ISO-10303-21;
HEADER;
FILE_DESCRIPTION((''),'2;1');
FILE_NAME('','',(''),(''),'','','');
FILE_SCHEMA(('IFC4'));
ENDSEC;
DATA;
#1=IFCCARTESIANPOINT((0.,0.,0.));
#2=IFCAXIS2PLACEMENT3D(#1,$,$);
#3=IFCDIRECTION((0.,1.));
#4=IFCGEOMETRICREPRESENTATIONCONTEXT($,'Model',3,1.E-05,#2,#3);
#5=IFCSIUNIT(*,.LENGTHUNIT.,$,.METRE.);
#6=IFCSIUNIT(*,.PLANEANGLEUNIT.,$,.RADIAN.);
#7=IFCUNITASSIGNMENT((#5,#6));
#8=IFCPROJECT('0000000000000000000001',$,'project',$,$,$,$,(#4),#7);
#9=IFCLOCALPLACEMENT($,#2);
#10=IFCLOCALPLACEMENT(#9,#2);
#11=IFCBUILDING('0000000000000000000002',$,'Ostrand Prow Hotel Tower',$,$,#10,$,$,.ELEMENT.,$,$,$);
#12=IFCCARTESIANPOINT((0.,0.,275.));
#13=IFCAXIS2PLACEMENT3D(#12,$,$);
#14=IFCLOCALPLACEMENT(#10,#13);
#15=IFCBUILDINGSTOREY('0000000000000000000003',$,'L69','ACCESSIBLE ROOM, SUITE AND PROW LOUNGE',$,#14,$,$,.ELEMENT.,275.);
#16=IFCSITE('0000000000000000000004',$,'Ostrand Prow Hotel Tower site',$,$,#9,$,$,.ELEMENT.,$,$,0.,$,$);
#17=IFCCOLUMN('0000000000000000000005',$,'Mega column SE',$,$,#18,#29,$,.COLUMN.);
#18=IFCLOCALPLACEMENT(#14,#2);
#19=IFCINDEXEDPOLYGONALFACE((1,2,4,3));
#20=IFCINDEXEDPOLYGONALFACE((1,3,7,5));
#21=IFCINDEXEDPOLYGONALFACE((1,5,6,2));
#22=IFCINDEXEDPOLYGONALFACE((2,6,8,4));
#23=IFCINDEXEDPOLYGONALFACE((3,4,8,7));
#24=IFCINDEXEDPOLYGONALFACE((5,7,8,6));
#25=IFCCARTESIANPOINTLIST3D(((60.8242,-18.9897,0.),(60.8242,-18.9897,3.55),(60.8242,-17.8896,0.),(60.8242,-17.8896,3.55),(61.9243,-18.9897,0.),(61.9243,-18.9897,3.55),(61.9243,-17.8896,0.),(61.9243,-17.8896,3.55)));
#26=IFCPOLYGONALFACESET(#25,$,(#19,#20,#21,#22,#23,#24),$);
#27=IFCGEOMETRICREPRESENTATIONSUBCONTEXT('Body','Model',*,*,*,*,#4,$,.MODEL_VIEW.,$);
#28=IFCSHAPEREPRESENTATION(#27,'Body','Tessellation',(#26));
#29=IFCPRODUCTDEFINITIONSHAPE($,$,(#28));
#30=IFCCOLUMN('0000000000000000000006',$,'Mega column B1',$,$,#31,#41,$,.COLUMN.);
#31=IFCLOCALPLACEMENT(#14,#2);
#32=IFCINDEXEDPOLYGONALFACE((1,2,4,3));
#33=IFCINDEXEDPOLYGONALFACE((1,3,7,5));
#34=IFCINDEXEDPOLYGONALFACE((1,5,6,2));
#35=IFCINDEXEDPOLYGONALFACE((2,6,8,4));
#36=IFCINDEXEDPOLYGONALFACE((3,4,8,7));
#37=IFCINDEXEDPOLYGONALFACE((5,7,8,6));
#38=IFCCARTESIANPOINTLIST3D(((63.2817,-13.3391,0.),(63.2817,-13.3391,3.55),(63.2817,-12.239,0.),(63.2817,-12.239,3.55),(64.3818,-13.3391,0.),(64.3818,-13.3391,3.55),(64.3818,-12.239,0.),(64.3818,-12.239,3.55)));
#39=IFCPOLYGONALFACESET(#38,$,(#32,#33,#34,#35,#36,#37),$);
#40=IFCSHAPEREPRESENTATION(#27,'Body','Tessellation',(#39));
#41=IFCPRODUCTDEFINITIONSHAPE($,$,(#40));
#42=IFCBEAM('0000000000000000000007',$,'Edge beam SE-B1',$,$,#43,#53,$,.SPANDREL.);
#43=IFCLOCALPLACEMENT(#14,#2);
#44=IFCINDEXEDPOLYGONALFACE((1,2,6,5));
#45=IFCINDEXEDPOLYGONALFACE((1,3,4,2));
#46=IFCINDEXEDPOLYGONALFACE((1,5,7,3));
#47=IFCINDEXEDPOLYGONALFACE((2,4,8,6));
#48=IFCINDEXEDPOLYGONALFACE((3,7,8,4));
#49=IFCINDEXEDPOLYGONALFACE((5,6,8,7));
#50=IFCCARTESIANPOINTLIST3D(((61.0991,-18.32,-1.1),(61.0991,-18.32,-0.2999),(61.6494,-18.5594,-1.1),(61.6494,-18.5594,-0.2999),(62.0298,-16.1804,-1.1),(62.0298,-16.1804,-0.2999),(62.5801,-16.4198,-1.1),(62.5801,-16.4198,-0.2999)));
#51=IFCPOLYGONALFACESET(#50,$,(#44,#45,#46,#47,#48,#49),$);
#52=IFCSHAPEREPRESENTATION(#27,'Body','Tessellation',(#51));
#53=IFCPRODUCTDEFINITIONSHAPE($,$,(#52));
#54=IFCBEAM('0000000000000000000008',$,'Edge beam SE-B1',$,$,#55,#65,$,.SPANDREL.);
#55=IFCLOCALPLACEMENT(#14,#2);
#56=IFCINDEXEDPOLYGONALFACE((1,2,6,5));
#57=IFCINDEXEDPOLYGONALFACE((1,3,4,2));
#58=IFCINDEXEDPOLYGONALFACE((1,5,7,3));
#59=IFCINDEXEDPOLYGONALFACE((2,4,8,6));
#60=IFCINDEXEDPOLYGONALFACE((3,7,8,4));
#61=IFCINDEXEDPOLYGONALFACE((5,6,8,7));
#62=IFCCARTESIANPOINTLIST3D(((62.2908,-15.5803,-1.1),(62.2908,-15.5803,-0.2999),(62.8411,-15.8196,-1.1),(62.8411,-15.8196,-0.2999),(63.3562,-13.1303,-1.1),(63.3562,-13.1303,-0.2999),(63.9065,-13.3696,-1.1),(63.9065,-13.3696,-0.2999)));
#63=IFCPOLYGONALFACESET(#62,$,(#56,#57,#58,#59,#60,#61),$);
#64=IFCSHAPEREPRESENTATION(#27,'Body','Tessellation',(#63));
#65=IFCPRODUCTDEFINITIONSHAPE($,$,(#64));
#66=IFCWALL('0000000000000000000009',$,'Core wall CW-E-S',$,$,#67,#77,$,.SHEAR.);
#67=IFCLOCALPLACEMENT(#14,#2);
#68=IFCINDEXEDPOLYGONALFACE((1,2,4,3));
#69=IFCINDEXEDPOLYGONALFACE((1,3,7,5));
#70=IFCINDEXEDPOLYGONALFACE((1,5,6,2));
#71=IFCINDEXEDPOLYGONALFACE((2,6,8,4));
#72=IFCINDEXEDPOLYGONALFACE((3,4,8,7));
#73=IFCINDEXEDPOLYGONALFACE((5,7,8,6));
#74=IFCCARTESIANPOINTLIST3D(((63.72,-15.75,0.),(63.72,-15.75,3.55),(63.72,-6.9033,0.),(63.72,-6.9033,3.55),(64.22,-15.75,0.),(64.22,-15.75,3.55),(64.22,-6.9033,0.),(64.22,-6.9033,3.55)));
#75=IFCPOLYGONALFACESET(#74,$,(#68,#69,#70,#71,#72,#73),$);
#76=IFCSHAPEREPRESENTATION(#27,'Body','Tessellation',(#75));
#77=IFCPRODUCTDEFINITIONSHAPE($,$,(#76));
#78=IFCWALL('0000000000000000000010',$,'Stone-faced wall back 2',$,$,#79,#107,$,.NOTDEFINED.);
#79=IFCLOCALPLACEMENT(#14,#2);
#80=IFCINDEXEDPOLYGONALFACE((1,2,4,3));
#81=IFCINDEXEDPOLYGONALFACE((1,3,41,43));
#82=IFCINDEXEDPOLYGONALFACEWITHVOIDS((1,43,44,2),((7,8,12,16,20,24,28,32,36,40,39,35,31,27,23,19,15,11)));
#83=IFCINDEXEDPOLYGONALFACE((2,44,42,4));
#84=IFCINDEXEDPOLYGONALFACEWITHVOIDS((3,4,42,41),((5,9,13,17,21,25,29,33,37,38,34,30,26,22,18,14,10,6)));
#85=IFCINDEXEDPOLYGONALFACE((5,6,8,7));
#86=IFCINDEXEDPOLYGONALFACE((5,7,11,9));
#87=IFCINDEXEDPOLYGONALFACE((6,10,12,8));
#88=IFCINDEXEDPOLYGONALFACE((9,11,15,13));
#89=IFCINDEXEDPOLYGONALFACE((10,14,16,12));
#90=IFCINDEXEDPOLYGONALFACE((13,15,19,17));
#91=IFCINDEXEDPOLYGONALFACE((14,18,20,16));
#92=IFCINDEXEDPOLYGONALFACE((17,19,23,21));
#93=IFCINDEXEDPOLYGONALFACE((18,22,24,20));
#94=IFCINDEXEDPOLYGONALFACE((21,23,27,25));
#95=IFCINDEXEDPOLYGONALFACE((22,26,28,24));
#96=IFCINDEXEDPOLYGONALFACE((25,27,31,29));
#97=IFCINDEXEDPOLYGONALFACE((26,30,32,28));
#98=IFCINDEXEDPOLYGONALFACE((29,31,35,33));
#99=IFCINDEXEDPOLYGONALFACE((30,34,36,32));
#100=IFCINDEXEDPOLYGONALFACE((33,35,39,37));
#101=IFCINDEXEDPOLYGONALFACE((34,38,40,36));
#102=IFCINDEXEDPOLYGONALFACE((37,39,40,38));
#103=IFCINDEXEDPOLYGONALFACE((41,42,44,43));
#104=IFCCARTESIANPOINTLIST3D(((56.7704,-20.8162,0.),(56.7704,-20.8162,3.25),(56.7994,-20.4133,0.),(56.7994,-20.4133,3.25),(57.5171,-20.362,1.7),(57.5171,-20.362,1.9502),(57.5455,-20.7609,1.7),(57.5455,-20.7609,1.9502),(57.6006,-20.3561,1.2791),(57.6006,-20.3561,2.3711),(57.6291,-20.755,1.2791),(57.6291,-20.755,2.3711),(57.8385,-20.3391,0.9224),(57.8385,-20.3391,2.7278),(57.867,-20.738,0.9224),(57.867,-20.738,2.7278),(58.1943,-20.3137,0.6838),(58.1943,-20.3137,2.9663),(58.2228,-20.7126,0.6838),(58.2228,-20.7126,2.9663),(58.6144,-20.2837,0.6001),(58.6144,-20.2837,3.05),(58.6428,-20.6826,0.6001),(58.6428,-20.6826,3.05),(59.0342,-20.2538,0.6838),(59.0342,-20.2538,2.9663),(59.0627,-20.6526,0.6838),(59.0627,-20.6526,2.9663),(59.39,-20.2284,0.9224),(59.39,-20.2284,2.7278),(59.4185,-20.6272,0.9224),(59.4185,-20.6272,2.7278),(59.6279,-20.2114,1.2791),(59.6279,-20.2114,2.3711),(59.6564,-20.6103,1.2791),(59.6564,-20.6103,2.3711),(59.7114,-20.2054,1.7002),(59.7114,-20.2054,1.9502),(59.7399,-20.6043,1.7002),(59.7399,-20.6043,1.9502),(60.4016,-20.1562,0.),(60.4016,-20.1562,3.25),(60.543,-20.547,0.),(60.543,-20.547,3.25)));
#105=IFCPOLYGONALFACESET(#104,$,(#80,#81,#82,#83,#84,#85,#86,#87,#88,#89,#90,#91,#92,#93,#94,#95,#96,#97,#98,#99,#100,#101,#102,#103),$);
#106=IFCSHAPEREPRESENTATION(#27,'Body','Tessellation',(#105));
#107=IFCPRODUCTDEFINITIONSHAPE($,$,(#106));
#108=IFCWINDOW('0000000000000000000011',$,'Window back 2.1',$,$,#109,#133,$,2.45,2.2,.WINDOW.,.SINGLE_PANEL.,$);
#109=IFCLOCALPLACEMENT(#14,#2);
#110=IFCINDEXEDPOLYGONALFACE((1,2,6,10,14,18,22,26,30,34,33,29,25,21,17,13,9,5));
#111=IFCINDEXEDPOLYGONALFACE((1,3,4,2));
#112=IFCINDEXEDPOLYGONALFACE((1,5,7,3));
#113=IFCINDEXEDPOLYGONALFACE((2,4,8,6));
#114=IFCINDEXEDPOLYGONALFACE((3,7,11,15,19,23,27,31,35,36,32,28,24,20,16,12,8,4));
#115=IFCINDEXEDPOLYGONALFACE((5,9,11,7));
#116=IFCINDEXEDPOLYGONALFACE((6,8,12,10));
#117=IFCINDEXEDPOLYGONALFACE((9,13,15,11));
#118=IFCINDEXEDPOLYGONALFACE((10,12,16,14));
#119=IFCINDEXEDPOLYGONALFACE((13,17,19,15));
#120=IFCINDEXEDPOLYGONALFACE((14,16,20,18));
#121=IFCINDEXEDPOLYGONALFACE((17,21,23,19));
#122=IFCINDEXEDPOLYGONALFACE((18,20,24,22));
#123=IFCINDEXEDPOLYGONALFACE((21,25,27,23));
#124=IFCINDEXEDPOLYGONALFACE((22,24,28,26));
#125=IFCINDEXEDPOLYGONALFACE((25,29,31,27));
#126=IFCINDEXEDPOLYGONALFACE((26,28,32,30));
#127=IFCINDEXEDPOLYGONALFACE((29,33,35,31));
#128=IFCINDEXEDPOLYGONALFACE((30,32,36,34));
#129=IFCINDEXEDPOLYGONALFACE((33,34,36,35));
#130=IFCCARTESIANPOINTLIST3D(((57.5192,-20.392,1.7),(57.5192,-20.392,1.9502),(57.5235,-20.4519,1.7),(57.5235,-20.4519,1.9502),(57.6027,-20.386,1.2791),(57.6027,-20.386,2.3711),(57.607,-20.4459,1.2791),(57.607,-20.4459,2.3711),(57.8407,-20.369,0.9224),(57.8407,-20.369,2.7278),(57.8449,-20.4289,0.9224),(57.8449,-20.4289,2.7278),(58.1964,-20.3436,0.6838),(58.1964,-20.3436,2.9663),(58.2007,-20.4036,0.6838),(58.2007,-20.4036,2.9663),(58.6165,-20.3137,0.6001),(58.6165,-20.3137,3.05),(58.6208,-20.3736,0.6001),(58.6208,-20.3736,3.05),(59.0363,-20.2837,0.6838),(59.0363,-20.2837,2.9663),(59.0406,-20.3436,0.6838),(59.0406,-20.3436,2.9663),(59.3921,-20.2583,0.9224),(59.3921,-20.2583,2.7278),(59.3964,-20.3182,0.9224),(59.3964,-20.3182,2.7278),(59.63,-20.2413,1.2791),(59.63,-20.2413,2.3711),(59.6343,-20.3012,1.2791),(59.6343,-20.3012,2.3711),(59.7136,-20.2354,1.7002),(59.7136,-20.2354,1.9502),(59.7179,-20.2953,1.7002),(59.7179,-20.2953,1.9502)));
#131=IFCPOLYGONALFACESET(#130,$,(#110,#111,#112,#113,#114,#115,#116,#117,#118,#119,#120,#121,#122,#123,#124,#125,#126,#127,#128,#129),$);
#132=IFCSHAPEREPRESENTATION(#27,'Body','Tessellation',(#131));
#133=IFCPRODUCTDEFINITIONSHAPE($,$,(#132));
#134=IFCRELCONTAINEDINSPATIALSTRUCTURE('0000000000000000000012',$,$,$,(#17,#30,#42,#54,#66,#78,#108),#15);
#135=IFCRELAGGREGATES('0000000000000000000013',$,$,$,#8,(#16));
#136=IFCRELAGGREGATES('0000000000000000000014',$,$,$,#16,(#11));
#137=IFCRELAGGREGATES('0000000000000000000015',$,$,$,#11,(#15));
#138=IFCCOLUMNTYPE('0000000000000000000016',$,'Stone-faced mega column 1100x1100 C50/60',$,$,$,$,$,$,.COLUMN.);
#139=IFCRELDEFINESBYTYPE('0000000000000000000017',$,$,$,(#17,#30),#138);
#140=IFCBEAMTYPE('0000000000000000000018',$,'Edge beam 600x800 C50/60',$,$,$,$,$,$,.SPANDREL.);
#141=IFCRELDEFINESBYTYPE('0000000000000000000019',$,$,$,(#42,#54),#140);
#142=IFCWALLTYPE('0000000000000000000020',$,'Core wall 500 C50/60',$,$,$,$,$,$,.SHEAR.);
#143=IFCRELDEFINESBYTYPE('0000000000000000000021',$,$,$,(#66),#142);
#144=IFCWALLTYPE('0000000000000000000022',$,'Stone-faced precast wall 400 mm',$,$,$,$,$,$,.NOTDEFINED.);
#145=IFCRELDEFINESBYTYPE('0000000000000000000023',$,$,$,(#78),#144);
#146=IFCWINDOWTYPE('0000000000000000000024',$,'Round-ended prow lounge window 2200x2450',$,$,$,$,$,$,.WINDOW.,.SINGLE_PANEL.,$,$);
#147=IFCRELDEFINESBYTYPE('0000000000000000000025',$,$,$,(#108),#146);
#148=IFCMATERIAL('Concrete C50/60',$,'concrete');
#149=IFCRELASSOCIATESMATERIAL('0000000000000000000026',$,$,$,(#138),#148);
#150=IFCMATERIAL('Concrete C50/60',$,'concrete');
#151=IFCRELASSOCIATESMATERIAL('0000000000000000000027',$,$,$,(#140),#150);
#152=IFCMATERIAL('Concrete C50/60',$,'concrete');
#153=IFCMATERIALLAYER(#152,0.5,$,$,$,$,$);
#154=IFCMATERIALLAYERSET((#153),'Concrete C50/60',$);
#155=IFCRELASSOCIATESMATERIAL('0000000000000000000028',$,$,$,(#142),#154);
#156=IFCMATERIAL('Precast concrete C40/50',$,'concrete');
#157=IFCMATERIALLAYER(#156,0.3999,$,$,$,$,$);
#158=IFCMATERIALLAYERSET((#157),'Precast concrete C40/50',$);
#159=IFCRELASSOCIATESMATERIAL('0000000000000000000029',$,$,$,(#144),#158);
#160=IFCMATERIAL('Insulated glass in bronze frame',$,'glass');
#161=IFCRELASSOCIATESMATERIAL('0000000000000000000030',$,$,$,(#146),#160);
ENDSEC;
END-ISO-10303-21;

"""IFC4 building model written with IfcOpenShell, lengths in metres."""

from ifc_helpers import new_model, si_unit, direction, frame, frame_2d, origin, origin_2d, place, context, subcontext, project, spatial, polyline, rectangle, outline, extrude, material, layer, layer_set, material_profile, profile_set, type_object, element, fill, save


model = new_model("IFC4")

# Units and contexts
model_context = context("Model", 3, precision=1e-05, world=origin(), true_north=direction((0.0, 1.0)))
body_context = subcontext(model_context, "Body", "Model", "MODEL_VIEW")
ifc_project = project(units=[si_unit("LENGTHUNIT", "METRE"), si_unit("PLANEANGLEUNIT", "RADIAN")], contexts=[model_context])

# Site, building, storey
site_placement = place(None, origin())
site = spatial("IfcSite", under=ifc_project, at=site_placement, Name="Ostrand Prow Hotel Tower site", CompositionType="ELEMENT", RefElevation=0.0)
building_placement = place(site_placement, origin())
building = spatial("IfcBuilding", under=site, at=building_placement, Name="Ostrand Prow Hotel Tower", CompositionType="ELEMENT")
storey_placement = place(building_placement, frame((0.0, 0.0, 275.0)))
storey = spatial("IfcBuildingStorey", under=building, at=storey_placement, Name="L69", Description="ACCESSIBLE ROOM, SUITE AND PROW LOUNGE", CompositionType="ELEMENT", Elevation=275.0)

# Columns
ifc_material_1 = material(Name="Concrete C50/60", Category="concrete")
ifc_material_profile_1 = material_profile(ifc_material_1, rectangle(XDim=1.1001, YDim=1.1001, at=origin_2d()), Name="RC 1100x1100")
ifc_profile_set_1 = profile_set([ifc_material_profile_1], Name="Concrete C50/60")
column_type = type_object("IfcColumnType", Name="Stone-faced mega column 1100x1100 C50/60", PredefinedType="COLUMN", material=ifc_profile_set_1)
for number, where, z_axis, x_axis, name in (
    (1, (61.3743, -18.4397, 0.0), (0.0, 0.0, 1.0), (1.0, 0.0, 0.0), "Mega column SE"),
    (2, (63.8318, -12.7891, 0.0), (0.0, 0.0, 1.0), (1.0, 0.0, 0.0), "Mega column B1"),
):
    element("IfcColumn", number, at=place(storey_placement, frame(where, z_axis=z_axis, x_axis=x_axis)), inside=storey, type_object=column_type, Name=name, PredefinedType="COLUMN", context=body_context, shape_type="SweptSolid", body=[
        extrude(rectangle(XDim=1.1001, YDim=1.1001, at=origin_2d()), origin(), (0.0, 0.0, 1.0), 3.55),
    ])

# Beams
ifc_material_2 = material(Name="Concrete C50/60", Category="concrete")
ifc_material_profile_2 = material_profile(ifc_material_2, rectangle(XDim=0.6001, YDim=0.8, at=origin_2d()), Name="RC 600x800")
ifc_profile_set_2 = profile_set([ifc_material_profile_2], Name="Concrete C50/60")
beam_type = type_object("IfcBeamType", Name="Edge beam 600x800 C50/60", PredefinedType="SPANDREL", material=ifc_profile_set_2)
beam_1_placement = place(storey_placement, frame((61.3743, -18.4397, -0.7), z_axis=(0.398864, 0.91701, 0.0), x_axis=(-0.91701, 0.398864, 0.0)))
element("IfcBeam", 3, at=beam_1_placement, inside=storey, type_object=beam_type, Name="Edge beam SE-B1", PredefinedType="SPANDREL", context=body_context, shape_type="SweptSolid", body=[
    extrude(rectangle(XDim=0.6001, YDim=0.8, at=origin_2d()), origin(), (0.0, 0.0, 1.0), 2.3333),
])
beam_2_placement = place(storey_placement, frame((62.5659, -15.7, -0.7), z_axis=(0.3988, 0.917038, 0.0), x_axis=(-0.917038, 0.3988, 0.0)))
element("IfcBeam", 4, at=beam_2_placement, inside=storey, type_object=beam_type, Name="Edge beam SE-B1", PredefinedType="SPANDREL", context=body_context, shape_type="SweptSolid", body=[
    extrude(rectangle(XDim=0.6001, YDim=0.8, at=origin_2d()), origin(), (0.0, 0.0, 1.0), 2.6716),
])

# Wall
ifc_material_3 = material(Name="Concrete C50/60", Category="concrete")
ifc_layer_1 = layer(ifc_material_3, 0.5)
ifc_layer_set_1 = layer_set([ifc_layer_1], Name="Concrete C50/60")
wall_type_1 = type_object("IfcWallType", Name="Core wall 500 C50/60", PredefinedType="SHEAR", material=ifc_layer_set_1)
wall_1_placement = place(storey_placement, frame((63.97, -15.75, 0.0), z_axis=(0.0, 0.0, 1.0), x_axis=(0.0, 1.0, 0.0)))
element("IfcWall", 5, at=wall_1_placement, inside=storey, type_object=wall_type_1, Name="Core wall CW-E-S", PredefinedType="SHEAR", context=body_context, shape_type="SweptSolid", body=[
    extrude(rectangle(XDim=8.8467, YDim=0.5, at=frame_2d((4.4233, 0.0))), origin(), (0.0, 0.0, 1.0), 3.55),
])

# Wall, opening, window
ifc_material_4 = material(Name="Precast concrete C40/50", Category="concrete")
ifc_layer_2 = layer(ifc_material_4, 0.3999)
ifc_layer_set_2 = layer_set([ifc_layer_2], Name="Precast concrete C40/50")
wall_type_2 = type_object("IfcWallType", Name="Stone-faced precast wall 400 mm", PredefinedType="NOTDEFINED", material=ifc_layer_set_2)
wall_2_placement = place(storey_placement, frame((56.7849, -20.6147, 0.0), z_axis=(0.0, 0.0, 1.0), x_axis=(0.997463, 0.071191, 0.0)))
wall_2 = element("IfcWall", 6, at=wall_2_placement, inside=storey, type_object=wall_type_2, Name="Stone-faced wall back 2", PredefinedType="NOTDEFINED", context=body_context, shape_type="SweptSolid", body=[
    extrude(outline(polyline([(-0.0288, -0.2), (3.7534, -0.2), (3.6401, 0.2), (0.0288, 0.2), (-0.0288, -0.2)])), origin(), (0.0, 0.0, 1.0), 3.25),
])
opening_1_placement = place(wall_2_placement, frame((0.7483, 0.0, 0.6001)))
opening_1 = element("IfcOpeningElement", 7, at=opening_1_placement, cuts=wall_2, PredefinedType="OPENING", context=body_context, shape_type="SweptSolid", body=[
    extrude(outline(polyline([(0.0, 1.3501), (0.0837, 1.771), (0.3223, 2.1277), (0.679, 2.3662), (1.1001, 2.45), (1.521, 2.3662), (1.8777, 2.1277), (2.1162, 1.771), (2.2, 1.3501), (2.2, 1.1001), (2.1162, 0.679), (1.8777, 0.3223), (1.521, 0.0837), (1.1001, 0.0), (0.679, 0.0837), (0.3223, 0.3223), (0.0837, 0.679), (0.0, 1.0999), (0.0, 1.3501)])), frame((0.0, 0.21, 0.0), z_axis=(0.0, -1.0, 0.0), x_axis=(1.0, 0.0, 0.0)), (0.0, 0.0, 1.0), 0.4199),
])
ifc_material_5 = material(Name="Insulated glass in bronze frame", Category="glass")
window_type_1 = type_object("IfcWindowType", Name="Round-ended prow lounge window 2200x2450", PartitioningType="SINGLE_PANEL", PredefinedType="WINDOW", material=ifc_material_5)
window_1_placement = place(opening_1_placement, origin())
window_1 = element("IfcWindow", 8, at=window_1_placement, inside=storey, type_object=window_type_1, Name="Window back 2.1", OverallHeight=2.45, OverallWidth=2.2, PartitioningType="SINGLE_PANEL", PredefinedType="WINDOW", context=body_context, shape_type="SweptSolid", body=[
    extrude(outline(polyline([(0.0, 1.3501), (0.0837, 1.771), (0.3223, 2.1277), (0.679, 2.3662), (1.1001, 2.45), (1.521, 2.3662), (1.8777, 2.1277), (2.1162, 1.771), (2.2, 1.3501), (2.2, 1.1001), (2.1162, 0.679), (1.8777, 0.3223), (1.521, 0.0837), (1.1001, 0.0), (0.679, 0.0837), (0.3223, 0.3223), (0.0837, 0.679), (0.0, 1.0999), (0.0, 1.3501)])), frame((0.0, 0.1699, 0.0), z_axis=(0.0, -1.0, 0.0), x_axis=(1.0, 0.0, 0.0)), (0.0, 0.0, 1.0), 0.0601),
])
fill(opening_1, window_1)

save(model, "model.ifc")
